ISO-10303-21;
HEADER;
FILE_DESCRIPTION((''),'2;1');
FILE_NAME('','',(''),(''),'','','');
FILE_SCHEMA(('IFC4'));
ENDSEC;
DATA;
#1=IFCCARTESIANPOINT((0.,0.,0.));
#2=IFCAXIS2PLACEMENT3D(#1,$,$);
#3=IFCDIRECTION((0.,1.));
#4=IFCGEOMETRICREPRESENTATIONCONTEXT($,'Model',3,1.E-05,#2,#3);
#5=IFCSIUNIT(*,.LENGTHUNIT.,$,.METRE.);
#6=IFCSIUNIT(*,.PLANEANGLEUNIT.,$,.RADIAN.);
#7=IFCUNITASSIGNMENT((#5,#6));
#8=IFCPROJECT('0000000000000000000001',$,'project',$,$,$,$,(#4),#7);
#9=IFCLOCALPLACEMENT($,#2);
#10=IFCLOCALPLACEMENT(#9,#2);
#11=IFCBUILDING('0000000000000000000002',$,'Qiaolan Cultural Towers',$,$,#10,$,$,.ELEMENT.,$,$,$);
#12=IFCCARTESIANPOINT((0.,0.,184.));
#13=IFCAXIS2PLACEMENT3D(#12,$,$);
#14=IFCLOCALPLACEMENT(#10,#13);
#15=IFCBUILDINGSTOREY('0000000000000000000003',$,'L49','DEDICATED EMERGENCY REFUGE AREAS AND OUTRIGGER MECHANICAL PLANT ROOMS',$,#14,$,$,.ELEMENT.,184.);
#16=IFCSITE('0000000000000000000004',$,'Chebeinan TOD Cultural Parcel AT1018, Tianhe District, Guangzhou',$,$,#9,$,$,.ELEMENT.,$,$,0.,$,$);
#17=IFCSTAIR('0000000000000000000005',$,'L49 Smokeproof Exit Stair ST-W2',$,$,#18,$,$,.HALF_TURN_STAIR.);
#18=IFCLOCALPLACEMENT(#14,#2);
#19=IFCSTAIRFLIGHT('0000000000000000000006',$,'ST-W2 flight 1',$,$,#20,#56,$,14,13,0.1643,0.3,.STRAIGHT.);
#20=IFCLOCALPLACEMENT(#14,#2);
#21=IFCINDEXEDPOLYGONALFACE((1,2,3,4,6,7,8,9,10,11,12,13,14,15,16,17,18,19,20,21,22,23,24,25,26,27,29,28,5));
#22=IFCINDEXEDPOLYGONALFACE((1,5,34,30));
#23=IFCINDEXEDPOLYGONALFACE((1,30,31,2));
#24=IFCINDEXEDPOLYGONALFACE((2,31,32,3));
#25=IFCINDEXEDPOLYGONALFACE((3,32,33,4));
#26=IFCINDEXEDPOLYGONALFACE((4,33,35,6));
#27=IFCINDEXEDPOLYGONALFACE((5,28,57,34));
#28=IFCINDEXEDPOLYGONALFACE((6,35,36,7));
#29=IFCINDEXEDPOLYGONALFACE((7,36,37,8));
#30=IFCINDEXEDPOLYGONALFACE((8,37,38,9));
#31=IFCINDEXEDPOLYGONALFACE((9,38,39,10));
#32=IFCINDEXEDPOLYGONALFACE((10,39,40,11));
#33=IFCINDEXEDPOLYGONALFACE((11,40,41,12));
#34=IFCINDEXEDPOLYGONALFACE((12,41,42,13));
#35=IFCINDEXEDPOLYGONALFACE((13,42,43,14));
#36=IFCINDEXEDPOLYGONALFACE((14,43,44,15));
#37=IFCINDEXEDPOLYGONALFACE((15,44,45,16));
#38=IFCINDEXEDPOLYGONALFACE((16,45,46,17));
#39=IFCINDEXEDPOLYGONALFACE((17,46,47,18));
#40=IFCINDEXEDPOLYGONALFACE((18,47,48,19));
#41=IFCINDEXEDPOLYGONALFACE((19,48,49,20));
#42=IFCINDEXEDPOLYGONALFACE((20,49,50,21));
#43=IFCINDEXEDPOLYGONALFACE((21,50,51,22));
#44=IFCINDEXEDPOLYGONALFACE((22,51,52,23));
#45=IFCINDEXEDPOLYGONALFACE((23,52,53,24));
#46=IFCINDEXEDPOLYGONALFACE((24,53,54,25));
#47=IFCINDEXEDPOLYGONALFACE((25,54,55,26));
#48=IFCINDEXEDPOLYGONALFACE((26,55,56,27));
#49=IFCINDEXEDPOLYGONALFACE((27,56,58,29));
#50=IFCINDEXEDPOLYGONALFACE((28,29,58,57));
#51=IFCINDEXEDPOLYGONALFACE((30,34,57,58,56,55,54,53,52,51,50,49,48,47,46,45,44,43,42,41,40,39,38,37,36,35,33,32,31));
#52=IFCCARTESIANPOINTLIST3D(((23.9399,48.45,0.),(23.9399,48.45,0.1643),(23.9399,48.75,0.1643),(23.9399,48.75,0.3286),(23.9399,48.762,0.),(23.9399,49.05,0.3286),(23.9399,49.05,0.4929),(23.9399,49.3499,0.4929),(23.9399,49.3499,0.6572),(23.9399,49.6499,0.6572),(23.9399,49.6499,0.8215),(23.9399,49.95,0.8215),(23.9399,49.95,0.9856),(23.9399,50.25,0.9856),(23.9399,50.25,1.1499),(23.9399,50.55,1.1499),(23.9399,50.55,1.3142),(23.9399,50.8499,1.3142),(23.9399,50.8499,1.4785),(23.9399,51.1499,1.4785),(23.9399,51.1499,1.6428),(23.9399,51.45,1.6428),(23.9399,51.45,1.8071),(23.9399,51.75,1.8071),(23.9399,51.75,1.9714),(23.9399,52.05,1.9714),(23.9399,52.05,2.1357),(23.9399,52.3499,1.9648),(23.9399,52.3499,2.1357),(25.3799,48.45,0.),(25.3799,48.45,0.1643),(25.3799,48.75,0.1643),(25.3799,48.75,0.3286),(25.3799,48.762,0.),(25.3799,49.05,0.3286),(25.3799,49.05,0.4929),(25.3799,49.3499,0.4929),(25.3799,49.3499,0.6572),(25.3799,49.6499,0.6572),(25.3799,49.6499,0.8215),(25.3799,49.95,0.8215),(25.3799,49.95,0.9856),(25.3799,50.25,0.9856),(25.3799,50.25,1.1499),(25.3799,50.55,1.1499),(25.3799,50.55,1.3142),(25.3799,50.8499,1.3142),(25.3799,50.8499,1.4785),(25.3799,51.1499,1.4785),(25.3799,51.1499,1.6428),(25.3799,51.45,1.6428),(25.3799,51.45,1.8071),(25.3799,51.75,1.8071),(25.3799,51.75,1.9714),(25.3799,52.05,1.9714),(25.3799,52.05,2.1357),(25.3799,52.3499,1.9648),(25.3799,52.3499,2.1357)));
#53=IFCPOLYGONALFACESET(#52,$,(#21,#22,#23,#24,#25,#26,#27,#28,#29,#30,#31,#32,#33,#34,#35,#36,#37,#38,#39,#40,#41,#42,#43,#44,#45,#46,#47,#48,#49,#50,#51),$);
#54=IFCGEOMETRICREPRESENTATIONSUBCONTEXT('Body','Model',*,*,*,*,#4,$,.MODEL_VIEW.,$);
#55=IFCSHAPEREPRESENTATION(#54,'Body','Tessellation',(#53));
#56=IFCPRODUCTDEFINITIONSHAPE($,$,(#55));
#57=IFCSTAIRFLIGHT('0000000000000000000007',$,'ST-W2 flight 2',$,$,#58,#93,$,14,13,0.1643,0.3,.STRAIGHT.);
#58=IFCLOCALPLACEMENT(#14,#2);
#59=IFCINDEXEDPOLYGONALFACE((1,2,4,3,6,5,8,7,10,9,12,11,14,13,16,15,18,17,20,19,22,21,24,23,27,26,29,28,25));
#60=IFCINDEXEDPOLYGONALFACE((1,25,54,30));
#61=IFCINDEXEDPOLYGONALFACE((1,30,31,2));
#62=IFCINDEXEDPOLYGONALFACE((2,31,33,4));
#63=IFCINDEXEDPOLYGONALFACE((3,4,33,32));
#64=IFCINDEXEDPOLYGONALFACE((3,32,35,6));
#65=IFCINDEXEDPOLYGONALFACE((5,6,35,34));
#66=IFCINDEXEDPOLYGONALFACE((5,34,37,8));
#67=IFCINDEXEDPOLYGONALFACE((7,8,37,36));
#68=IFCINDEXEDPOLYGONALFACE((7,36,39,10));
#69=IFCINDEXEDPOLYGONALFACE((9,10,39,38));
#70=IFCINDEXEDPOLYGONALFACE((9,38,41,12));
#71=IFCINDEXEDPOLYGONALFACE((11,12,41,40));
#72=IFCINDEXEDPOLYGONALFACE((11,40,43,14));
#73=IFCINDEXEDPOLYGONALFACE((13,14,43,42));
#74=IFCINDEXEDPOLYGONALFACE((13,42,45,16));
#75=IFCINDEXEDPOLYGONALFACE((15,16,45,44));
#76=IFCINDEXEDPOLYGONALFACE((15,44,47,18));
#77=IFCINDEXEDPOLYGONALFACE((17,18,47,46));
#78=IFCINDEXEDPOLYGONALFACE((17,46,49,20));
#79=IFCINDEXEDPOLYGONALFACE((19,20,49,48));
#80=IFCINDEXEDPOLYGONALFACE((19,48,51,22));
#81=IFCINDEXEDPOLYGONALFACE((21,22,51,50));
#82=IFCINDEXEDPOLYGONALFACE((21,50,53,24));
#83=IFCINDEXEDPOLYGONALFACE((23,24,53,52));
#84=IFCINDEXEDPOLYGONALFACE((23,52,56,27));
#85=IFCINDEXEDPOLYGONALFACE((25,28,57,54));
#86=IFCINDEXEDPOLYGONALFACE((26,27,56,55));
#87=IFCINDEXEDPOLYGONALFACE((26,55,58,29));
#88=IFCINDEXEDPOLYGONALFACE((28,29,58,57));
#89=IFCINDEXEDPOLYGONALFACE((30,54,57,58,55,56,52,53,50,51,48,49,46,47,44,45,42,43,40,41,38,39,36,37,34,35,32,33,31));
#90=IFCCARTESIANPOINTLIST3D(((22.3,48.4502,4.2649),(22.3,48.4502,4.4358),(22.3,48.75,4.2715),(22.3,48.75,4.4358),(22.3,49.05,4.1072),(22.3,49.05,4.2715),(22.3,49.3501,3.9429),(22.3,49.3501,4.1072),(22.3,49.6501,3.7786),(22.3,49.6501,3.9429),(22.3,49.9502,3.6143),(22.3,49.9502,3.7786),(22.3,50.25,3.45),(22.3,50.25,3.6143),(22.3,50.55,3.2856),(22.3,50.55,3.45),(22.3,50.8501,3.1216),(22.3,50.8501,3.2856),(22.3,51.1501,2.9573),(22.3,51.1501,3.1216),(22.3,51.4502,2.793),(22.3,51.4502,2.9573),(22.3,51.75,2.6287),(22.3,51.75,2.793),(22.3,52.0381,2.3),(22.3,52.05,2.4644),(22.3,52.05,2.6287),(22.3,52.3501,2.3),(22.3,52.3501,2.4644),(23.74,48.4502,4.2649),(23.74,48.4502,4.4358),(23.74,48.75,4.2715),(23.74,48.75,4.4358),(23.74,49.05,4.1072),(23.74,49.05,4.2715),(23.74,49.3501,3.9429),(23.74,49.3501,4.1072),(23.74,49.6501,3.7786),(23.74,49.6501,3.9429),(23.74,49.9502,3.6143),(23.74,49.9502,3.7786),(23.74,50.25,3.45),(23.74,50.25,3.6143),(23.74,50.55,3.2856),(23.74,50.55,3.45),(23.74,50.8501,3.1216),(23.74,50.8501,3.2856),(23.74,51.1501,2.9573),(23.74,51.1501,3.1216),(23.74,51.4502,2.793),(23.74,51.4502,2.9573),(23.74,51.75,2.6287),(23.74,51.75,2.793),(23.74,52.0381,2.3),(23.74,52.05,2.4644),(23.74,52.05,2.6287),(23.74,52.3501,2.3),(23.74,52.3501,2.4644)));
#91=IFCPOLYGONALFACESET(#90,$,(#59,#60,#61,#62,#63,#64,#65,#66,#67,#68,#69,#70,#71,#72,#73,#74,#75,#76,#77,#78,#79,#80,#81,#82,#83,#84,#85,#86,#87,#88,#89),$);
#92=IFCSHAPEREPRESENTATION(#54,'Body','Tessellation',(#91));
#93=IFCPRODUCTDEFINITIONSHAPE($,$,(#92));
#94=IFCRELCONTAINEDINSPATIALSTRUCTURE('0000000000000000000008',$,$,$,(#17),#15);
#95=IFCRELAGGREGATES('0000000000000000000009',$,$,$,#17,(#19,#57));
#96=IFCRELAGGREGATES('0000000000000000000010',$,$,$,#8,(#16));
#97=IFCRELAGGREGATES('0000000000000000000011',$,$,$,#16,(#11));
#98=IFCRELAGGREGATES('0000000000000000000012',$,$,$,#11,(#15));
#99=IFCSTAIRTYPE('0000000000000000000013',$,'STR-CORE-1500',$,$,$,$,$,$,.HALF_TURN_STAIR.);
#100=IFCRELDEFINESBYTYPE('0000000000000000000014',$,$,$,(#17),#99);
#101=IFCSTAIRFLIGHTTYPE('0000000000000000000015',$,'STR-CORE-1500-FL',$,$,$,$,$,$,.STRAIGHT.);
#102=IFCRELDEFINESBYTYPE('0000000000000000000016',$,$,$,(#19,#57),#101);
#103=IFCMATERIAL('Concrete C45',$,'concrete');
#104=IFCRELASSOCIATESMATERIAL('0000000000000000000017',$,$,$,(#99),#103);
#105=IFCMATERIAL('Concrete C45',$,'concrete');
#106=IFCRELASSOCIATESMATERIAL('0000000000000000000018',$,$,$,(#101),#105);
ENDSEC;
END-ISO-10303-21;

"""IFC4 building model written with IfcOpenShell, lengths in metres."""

from ifc_helpers import new_model, si_unit, direction, frame, origin, place, context, subcontext, project, spatial, polyline, outline, extrude, material, type_object, element, aggregate, save


model = new_model("IFC4")

# Units and contexts
model_context = context("Model", 3, precision=1e-05, world=origin(), true_north=direction((0.0, 1.0)))
body_context = subcontext(model_context, "Body", "Model", "MODEL_VIEW")
ifc_project = project(units=[si_unit("LENGTHUNIT", "METRE"), si_unit("PLANEANGLEUNIT", "RADIAN")], contexts=[model_context])

# Site, building, storey
site_placement = place(None, origin())
site = spatial("IfcSite", under=ifc_project, at=site_placement, Name="Chebeinan TOD Cultural Parcel AT1018, Tianhe District, Guangzhou", CompositionType="ELEMENT", RefElevation=0.0)
building_placement = place(site_placement, origin())
building = spatial("IfcBuilding", under=site, at=building_placement, Name="Qiaolan Cultural Towers", CompositionType="ELEMENT")
storey_placement = place(building_placement, frame((0.0, 0.0, 184.0)))
storey = spatial("IfcBuildingStorey", under=building, at=storey_placement, Name="L49", Description="DEDICATED EMERGENCY REFUGE AREAS AND OUTRIGGER MECHANICAL PLANT ROOMS", CompositionType="ELEMENT", Elevation=184.0)

# Stair, stair flights
ifc_material_1 = material(Name="Concrete C45", Category="concrete")
stair_type = type_object("IfcStairType", Name="STR-CORE-1500", PredefinedType="HALF_TURN_STAIR", material=ifc_material_1)
stair_placement = place(storey_placement, origin())
stair = element("IfcStair", 1, at=stair_placement, inside=storey, type_object=stair_type, Name="L49 Smokeproof Exit Stair ST-W2", PredefinedType="HALF_TURN_STAIR")
ifc_material_2 = material(Name="Concrete C45", Category="concrete")
stair_flight_type = type_object("IfcStairFlightType", Name="STR-CORE-1500-FL", PredefinedType="STRAIGHT", material=ifc_material_2)
stair_flight_1_placement = place(storey_placement, frame((24.6599, 48.45, 0.0), z_axis=(0.0, 0.0, 1.0), x_axis=(0.0, 1.0, 0.0)))
stair_flight_1 = element("IfcStairFlight", 2, at=stair_flight_1_placement, type_object=stair_flight_type, Name="ST-W2 flight 1", NumberOfRisers=14, NumberOfTreads=13, PredefinedType="STRAIGHT", RiserHeight=0.1643, TreadLength=0.3, context=body_context, shape_type="SweptSolid", body=[
    extrude(outline(polyline([(0.0, 0.0), (0.0, 0.1643), (0.3, 0.1643), (0.3, 0.3286), (0.6001, 0.3286), (0.6001, 0.4929), (0.8999, 0.4929), (0.8999, 0.6572), (1.2, 0.6572), (1.2, 0.8215), (1.5, 0.8215), (1.5, 0.9856), (1.8, 0.9856), (1.8, 1.1499), (2.1001, 1.1499), (2.1001, 1.3142), (2.3999, 1.3142), (2.3999, 1.4785), (2.7, 1.4785), (2.7, 1.6428), (3.0, 1.6428), (3.0, 1.8071), (3.3, 1.8071), (3.3, 1.9714), (3.6001, 1.9714), (3.6001, 2.1357), (3.8999, 2.1357), (3.8999, 2.3), (3.8999, 1.9648), (0.312, 0.0), (0.0, 0.0)])), frame((0.0, 0.72, 0.0), z_axis=(0.0, -1.0, 0.0), x_axis=(1.0, 0.0, 0.0)), (0.0, 0.0, 1.0), 1.4399),
])
stair_flight_2_placement = place(storey_placement, frame((23.02, 52.3501, 2.3), z_axis=(0.0, 0.0, 1.0), x_axis=(0.0, -1.0, 0.0)))
stair_flight_2 = element("IfcStairFlight", 3, at=stair_flight_2_placement, type_object=stair_flight_type, Name="ST-W2 flight 2", NumberOfRisers=14, NumberOfTreads=13, PredefinedType="STRAIGHT", RiserHeight=0.1643, TreadLength=0.3, context=body_context, shape_type="SweptSolid", body=[
    extrude(outline(polyline([(0.0, 0.0), (0.0, 0.1643), (0.3, 0.1643), (0.3, 0.3286), (0.6001, 0.3286), (0.6001, 0.4929), (0.8999, 0.4929), (0.8999, 0.6572), (1.2, 0.6572), (1.2, 0.8215), (1.5, 0.8215), (1.5, 0.9856), (1.8, 0.9856), (1.8, 1.1499), (2.1001, 1.1499), (2.1001, 1.3142), (2.3999, 1.3142), (2.3999, 1.4785), (2.7, 1.4785), (2.7, 1.6428), (3.0, 1.6428), (3.0, 1.8071), (3.3, 1.8071), (3.3, 1.9714), (3.6001, 1.9714), (3.6001, 2.1357), (3.8999, 2.1357), (3.8999, 2.3), (3.8999, 1.9648), (0.312, 0.0), (0.0, 0.0)])), frame((0.0, 0.72, 0.0), z_axis=(0.0, -1.0, 0.0), x_axis=(1.0, 0.0, 0.0)), (0.0, 0.0, 1.0), 1.4399),
])
aggregate(stair, [stair_flight_1, stair_flight_2])

save(model, "model.ifc")
